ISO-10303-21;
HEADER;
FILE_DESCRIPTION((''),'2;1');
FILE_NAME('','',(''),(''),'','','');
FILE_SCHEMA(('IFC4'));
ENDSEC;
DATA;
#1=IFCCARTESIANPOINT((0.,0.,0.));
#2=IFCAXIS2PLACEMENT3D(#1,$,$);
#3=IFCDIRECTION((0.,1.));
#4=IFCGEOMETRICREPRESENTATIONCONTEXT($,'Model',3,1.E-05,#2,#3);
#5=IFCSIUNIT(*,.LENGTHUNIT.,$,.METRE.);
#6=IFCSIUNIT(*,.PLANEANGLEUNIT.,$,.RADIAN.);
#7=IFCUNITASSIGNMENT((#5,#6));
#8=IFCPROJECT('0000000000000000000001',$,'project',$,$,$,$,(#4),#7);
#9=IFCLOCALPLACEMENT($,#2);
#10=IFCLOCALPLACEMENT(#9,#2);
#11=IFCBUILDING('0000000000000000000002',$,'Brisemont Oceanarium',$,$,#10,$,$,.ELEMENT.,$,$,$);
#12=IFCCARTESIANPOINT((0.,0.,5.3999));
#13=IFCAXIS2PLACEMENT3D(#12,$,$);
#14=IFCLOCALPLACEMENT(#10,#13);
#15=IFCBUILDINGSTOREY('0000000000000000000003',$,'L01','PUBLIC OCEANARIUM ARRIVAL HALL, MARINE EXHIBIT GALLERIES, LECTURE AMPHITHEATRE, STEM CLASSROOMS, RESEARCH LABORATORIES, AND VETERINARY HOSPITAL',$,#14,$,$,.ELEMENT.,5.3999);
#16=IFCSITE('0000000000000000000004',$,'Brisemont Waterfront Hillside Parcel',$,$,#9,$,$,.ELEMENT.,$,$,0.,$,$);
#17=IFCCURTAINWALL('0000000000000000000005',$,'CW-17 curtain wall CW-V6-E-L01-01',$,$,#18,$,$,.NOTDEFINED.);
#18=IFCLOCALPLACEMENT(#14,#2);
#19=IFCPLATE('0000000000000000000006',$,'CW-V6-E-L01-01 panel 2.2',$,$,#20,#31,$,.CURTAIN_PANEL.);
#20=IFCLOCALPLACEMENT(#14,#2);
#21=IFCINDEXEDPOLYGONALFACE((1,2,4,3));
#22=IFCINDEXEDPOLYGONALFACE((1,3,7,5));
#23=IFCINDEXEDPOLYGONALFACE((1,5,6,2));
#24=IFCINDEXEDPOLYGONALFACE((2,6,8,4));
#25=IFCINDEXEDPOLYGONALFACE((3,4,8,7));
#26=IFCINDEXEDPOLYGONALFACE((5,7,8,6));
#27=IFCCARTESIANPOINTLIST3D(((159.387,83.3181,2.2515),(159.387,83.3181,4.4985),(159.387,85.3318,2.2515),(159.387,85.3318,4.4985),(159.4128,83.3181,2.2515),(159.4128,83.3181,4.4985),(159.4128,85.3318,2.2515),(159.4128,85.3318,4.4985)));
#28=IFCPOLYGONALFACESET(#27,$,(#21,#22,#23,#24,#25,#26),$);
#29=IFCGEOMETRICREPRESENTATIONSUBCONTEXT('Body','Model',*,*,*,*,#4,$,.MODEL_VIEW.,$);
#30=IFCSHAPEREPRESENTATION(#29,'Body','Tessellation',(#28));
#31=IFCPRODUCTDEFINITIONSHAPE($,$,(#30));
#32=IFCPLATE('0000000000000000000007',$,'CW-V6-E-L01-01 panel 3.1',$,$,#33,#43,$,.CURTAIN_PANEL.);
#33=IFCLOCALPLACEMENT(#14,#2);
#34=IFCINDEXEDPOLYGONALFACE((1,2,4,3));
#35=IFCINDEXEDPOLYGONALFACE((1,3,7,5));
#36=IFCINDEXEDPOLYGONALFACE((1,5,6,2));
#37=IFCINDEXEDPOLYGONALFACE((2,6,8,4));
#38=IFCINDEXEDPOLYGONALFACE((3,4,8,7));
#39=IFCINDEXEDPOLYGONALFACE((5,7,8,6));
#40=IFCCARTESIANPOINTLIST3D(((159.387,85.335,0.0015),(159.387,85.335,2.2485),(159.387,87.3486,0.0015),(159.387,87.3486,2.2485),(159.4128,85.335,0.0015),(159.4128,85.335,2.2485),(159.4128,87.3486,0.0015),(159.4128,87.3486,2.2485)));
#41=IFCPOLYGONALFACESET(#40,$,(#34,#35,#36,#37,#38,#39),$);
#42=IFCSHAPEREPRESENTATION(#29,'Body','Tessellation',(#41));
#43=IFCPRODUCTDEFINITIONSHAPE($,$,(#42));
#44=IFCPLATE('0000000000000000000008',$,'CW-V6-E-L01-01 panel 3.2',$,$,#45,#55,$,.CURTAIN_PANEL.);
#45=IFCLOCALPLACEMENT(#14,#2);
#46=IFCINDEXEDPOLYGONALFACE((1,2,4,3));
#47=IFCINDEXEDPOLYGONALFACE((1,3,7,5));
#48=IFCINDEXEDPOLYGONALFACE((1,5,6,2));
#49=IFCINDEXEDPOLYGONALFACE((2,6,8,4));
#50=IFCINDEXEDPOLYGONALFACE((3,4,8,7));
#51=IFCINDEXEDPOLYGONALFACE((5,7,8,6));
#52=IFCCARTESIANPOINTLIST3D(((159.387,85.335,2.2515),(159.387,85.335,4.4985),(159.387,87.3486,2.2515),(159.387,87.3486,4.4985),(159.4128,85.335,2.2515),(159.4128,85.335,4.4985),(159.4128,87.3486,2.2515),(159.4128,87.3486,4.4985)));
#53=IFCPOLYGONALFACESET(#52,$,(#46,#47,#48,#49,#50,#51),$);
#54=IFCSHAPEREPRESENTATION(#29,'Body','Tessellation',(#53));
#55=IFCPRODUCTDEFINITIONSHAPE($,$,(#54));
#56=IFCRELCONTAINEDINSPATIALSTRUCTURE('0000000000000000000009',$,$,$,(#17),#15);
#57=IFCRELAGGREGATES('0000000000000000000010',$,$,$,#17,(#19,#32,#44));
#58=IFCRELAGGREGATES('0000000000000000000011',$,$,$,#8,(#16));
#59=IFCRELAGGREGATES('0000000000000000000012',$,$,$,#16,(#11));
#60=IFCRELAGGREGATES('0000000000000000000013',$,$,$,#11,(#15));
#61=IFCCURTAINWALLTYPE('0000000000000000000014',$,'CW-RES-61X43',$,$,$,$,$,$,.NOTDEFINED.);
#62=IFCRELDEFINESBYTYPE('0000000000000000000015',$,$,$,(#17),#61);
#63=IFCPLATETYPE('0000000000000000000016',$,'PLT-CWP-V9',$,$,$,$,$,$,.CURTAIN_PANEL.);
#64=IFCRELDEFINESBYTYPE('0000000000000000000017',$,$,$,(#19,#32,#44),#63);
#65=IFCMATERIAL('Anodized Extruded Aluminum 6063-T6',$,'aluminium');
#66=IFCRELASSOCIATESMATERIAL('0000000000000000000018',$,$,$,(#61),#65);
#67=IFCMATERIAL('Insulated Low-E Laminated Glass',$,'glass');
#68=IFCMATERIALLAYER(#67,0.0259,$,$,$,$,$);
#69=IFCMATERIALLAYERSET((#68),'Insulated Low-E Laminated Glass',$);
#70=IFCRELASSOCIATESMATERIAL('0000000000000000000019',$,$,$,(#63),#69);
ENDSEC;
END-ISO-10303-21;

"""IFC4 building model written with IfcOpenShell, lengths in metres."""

from ifc_helpers import new_model, si_unit, direction, frame, origin, origin_2d, place, context, subcontext, project, spatial, rectangle, extrude, material, layer, layer_set, type_object, element, aggregate, save


model = new_model("IFC4")

# Units and contexts
model_context = context("Model", 3, precision=1e-05, world=origin(), true_north=direction((0.0, 1.0)))
body_context = subcontext(model_context, "Body", "Model", "MODEL_VIEW")
ifc_project = project(units=[si_unit("LENGTHUNIT", "METRE"), si_unit("PLANEANGLEUNIT", "RADIAN")], contexts=[model_context])

# Site, building, storey
site_placement = place(None, origin())
site = spatial("IfcSite", under=ifc_project, at=site_placement, Name="Brisemont Waterfront Hillside Parcel", CompositionType="ELEMENT", RefElevation=0.0)
building_placement = place(site_placement, origin())
building = spatial("IfcBuilding", under=site, at=building_placement, Name="Brisemont Oceanarium", CompositionType="ELEMENT")
storey_placement = place(building_placement, frame((0.0, 0.0, 5.3999)))
storey = spatial("IfcBuildingStorey", under=building, at=storey_placement, Name="L01", Description="PUBLIC OCEANARIUM ARRIVAL HALL, MARINE EXHIBIT GALLERIES, LECTURE AMPHITHEATRE, STEM CLASSROOMS, RESEARCH LABORATORIES, AND VETERINARY HOSPITAL", CompositionType="ELEMENT", Elevation=5.3999)

# Curtain wall, plates
ifc_material_1 = material(Name="Anodized Extruded Aluminum 6063-T6", Category="aluminium")
curtain_wall_type = type_object("IfcCurtainWallType", Name="CW-RES-61X43", PredefinedType="NOTDEFINED", material=ifc_material_1)
curtain_wall_placement = place(storey_placement, origin())
curtain_wall = element("IfcCurtainWall", 1, at=curtain_wall_placement, inside=storey, type_object=curtain_wall_type, Name="CW-17 curtain wall CW-V6-E-L01-01", PredefinedType="NOTDEFINED")
ifc_material_2 = material(Name="Insulated Low-E Laminated Glass", Category="glass")
ifc_layer = layer(ifc_material_2, 0.0259)
ifc_layer_set = layer_set([ifc_layer], Name="Insulated Low-E Laminated Glass")
plate_type = type_object("IfcPlateType", Name="PLT-CWP-V9", PredefinedType="CURTAIN_PANEL", material=ifc_layer_set)
plate_1_placement = place(storey_placement, frame((159.3999, 84.325, 2.2515), z_axis=(0.0, 0.0, 1.0), x_axis=(0.0, 1.0, 0.0)))
plate_1 = element("IfcPlate", 2, at=plate_1_placement, type_object=plate_type, Name="CW-V6-E-L01-01 panel 2.2", PredefinedType="CURTAIN_PANEL", context=body_context, shape_type="SweptSolid", body=[
    extrude(rectangle(XDim=2.0137, YDim=0.0259, at=origin_2d()), origin(), (0.0, 0.0, 1.0), 2.2471),
])
plate_2_placement = place(storey_placement, frame((159.3999, 86.3418, 0.0015), z_axis=(0.0, 0.0, 1.0), x_axis=(0.0, 1.0, 0.0)))
plate_2 = element("IfcPlate", 3, at=plate_2_placement, type_object=plate_type, Name="CW-V6-E-L01-01 panel 3.1", PredefinedType="CURTAIN_PANEL", context=body_context, shape_type="SweptSolid", body=[
    extrude(rectangle(XDim=2.0137, YDim=0.0259, at=origin_2d()), origin(), (0.0, 0.0, 1.0), 2.2471),
])
plate_3_placement = place(storey_placement, frame((159.3999, 86.3418, 2.2515), z_axis=(0.0, 0.0, 1.0), x_axis=(0.0, 1.0, 0.0)))
plate_3 = element("IfcPlate", 4, at=plate_3_placement, type_object=plate_type, Name="CW-V6-E-L01-01 panel 3.2", PredefinedType="CURTAIN_PANEL", context=body_context, shape_type="SweptSolid", body=[
    extrude(rectangle(XDim=2.0137, YDim=0.0259, at=origin_2d()), origin(), (0.0, 0.0, 1.0), 2.2471),
])
aggregate(curtain_wall, [plate_1, plate_2, plate_3])

save(model, "model.ifc")
